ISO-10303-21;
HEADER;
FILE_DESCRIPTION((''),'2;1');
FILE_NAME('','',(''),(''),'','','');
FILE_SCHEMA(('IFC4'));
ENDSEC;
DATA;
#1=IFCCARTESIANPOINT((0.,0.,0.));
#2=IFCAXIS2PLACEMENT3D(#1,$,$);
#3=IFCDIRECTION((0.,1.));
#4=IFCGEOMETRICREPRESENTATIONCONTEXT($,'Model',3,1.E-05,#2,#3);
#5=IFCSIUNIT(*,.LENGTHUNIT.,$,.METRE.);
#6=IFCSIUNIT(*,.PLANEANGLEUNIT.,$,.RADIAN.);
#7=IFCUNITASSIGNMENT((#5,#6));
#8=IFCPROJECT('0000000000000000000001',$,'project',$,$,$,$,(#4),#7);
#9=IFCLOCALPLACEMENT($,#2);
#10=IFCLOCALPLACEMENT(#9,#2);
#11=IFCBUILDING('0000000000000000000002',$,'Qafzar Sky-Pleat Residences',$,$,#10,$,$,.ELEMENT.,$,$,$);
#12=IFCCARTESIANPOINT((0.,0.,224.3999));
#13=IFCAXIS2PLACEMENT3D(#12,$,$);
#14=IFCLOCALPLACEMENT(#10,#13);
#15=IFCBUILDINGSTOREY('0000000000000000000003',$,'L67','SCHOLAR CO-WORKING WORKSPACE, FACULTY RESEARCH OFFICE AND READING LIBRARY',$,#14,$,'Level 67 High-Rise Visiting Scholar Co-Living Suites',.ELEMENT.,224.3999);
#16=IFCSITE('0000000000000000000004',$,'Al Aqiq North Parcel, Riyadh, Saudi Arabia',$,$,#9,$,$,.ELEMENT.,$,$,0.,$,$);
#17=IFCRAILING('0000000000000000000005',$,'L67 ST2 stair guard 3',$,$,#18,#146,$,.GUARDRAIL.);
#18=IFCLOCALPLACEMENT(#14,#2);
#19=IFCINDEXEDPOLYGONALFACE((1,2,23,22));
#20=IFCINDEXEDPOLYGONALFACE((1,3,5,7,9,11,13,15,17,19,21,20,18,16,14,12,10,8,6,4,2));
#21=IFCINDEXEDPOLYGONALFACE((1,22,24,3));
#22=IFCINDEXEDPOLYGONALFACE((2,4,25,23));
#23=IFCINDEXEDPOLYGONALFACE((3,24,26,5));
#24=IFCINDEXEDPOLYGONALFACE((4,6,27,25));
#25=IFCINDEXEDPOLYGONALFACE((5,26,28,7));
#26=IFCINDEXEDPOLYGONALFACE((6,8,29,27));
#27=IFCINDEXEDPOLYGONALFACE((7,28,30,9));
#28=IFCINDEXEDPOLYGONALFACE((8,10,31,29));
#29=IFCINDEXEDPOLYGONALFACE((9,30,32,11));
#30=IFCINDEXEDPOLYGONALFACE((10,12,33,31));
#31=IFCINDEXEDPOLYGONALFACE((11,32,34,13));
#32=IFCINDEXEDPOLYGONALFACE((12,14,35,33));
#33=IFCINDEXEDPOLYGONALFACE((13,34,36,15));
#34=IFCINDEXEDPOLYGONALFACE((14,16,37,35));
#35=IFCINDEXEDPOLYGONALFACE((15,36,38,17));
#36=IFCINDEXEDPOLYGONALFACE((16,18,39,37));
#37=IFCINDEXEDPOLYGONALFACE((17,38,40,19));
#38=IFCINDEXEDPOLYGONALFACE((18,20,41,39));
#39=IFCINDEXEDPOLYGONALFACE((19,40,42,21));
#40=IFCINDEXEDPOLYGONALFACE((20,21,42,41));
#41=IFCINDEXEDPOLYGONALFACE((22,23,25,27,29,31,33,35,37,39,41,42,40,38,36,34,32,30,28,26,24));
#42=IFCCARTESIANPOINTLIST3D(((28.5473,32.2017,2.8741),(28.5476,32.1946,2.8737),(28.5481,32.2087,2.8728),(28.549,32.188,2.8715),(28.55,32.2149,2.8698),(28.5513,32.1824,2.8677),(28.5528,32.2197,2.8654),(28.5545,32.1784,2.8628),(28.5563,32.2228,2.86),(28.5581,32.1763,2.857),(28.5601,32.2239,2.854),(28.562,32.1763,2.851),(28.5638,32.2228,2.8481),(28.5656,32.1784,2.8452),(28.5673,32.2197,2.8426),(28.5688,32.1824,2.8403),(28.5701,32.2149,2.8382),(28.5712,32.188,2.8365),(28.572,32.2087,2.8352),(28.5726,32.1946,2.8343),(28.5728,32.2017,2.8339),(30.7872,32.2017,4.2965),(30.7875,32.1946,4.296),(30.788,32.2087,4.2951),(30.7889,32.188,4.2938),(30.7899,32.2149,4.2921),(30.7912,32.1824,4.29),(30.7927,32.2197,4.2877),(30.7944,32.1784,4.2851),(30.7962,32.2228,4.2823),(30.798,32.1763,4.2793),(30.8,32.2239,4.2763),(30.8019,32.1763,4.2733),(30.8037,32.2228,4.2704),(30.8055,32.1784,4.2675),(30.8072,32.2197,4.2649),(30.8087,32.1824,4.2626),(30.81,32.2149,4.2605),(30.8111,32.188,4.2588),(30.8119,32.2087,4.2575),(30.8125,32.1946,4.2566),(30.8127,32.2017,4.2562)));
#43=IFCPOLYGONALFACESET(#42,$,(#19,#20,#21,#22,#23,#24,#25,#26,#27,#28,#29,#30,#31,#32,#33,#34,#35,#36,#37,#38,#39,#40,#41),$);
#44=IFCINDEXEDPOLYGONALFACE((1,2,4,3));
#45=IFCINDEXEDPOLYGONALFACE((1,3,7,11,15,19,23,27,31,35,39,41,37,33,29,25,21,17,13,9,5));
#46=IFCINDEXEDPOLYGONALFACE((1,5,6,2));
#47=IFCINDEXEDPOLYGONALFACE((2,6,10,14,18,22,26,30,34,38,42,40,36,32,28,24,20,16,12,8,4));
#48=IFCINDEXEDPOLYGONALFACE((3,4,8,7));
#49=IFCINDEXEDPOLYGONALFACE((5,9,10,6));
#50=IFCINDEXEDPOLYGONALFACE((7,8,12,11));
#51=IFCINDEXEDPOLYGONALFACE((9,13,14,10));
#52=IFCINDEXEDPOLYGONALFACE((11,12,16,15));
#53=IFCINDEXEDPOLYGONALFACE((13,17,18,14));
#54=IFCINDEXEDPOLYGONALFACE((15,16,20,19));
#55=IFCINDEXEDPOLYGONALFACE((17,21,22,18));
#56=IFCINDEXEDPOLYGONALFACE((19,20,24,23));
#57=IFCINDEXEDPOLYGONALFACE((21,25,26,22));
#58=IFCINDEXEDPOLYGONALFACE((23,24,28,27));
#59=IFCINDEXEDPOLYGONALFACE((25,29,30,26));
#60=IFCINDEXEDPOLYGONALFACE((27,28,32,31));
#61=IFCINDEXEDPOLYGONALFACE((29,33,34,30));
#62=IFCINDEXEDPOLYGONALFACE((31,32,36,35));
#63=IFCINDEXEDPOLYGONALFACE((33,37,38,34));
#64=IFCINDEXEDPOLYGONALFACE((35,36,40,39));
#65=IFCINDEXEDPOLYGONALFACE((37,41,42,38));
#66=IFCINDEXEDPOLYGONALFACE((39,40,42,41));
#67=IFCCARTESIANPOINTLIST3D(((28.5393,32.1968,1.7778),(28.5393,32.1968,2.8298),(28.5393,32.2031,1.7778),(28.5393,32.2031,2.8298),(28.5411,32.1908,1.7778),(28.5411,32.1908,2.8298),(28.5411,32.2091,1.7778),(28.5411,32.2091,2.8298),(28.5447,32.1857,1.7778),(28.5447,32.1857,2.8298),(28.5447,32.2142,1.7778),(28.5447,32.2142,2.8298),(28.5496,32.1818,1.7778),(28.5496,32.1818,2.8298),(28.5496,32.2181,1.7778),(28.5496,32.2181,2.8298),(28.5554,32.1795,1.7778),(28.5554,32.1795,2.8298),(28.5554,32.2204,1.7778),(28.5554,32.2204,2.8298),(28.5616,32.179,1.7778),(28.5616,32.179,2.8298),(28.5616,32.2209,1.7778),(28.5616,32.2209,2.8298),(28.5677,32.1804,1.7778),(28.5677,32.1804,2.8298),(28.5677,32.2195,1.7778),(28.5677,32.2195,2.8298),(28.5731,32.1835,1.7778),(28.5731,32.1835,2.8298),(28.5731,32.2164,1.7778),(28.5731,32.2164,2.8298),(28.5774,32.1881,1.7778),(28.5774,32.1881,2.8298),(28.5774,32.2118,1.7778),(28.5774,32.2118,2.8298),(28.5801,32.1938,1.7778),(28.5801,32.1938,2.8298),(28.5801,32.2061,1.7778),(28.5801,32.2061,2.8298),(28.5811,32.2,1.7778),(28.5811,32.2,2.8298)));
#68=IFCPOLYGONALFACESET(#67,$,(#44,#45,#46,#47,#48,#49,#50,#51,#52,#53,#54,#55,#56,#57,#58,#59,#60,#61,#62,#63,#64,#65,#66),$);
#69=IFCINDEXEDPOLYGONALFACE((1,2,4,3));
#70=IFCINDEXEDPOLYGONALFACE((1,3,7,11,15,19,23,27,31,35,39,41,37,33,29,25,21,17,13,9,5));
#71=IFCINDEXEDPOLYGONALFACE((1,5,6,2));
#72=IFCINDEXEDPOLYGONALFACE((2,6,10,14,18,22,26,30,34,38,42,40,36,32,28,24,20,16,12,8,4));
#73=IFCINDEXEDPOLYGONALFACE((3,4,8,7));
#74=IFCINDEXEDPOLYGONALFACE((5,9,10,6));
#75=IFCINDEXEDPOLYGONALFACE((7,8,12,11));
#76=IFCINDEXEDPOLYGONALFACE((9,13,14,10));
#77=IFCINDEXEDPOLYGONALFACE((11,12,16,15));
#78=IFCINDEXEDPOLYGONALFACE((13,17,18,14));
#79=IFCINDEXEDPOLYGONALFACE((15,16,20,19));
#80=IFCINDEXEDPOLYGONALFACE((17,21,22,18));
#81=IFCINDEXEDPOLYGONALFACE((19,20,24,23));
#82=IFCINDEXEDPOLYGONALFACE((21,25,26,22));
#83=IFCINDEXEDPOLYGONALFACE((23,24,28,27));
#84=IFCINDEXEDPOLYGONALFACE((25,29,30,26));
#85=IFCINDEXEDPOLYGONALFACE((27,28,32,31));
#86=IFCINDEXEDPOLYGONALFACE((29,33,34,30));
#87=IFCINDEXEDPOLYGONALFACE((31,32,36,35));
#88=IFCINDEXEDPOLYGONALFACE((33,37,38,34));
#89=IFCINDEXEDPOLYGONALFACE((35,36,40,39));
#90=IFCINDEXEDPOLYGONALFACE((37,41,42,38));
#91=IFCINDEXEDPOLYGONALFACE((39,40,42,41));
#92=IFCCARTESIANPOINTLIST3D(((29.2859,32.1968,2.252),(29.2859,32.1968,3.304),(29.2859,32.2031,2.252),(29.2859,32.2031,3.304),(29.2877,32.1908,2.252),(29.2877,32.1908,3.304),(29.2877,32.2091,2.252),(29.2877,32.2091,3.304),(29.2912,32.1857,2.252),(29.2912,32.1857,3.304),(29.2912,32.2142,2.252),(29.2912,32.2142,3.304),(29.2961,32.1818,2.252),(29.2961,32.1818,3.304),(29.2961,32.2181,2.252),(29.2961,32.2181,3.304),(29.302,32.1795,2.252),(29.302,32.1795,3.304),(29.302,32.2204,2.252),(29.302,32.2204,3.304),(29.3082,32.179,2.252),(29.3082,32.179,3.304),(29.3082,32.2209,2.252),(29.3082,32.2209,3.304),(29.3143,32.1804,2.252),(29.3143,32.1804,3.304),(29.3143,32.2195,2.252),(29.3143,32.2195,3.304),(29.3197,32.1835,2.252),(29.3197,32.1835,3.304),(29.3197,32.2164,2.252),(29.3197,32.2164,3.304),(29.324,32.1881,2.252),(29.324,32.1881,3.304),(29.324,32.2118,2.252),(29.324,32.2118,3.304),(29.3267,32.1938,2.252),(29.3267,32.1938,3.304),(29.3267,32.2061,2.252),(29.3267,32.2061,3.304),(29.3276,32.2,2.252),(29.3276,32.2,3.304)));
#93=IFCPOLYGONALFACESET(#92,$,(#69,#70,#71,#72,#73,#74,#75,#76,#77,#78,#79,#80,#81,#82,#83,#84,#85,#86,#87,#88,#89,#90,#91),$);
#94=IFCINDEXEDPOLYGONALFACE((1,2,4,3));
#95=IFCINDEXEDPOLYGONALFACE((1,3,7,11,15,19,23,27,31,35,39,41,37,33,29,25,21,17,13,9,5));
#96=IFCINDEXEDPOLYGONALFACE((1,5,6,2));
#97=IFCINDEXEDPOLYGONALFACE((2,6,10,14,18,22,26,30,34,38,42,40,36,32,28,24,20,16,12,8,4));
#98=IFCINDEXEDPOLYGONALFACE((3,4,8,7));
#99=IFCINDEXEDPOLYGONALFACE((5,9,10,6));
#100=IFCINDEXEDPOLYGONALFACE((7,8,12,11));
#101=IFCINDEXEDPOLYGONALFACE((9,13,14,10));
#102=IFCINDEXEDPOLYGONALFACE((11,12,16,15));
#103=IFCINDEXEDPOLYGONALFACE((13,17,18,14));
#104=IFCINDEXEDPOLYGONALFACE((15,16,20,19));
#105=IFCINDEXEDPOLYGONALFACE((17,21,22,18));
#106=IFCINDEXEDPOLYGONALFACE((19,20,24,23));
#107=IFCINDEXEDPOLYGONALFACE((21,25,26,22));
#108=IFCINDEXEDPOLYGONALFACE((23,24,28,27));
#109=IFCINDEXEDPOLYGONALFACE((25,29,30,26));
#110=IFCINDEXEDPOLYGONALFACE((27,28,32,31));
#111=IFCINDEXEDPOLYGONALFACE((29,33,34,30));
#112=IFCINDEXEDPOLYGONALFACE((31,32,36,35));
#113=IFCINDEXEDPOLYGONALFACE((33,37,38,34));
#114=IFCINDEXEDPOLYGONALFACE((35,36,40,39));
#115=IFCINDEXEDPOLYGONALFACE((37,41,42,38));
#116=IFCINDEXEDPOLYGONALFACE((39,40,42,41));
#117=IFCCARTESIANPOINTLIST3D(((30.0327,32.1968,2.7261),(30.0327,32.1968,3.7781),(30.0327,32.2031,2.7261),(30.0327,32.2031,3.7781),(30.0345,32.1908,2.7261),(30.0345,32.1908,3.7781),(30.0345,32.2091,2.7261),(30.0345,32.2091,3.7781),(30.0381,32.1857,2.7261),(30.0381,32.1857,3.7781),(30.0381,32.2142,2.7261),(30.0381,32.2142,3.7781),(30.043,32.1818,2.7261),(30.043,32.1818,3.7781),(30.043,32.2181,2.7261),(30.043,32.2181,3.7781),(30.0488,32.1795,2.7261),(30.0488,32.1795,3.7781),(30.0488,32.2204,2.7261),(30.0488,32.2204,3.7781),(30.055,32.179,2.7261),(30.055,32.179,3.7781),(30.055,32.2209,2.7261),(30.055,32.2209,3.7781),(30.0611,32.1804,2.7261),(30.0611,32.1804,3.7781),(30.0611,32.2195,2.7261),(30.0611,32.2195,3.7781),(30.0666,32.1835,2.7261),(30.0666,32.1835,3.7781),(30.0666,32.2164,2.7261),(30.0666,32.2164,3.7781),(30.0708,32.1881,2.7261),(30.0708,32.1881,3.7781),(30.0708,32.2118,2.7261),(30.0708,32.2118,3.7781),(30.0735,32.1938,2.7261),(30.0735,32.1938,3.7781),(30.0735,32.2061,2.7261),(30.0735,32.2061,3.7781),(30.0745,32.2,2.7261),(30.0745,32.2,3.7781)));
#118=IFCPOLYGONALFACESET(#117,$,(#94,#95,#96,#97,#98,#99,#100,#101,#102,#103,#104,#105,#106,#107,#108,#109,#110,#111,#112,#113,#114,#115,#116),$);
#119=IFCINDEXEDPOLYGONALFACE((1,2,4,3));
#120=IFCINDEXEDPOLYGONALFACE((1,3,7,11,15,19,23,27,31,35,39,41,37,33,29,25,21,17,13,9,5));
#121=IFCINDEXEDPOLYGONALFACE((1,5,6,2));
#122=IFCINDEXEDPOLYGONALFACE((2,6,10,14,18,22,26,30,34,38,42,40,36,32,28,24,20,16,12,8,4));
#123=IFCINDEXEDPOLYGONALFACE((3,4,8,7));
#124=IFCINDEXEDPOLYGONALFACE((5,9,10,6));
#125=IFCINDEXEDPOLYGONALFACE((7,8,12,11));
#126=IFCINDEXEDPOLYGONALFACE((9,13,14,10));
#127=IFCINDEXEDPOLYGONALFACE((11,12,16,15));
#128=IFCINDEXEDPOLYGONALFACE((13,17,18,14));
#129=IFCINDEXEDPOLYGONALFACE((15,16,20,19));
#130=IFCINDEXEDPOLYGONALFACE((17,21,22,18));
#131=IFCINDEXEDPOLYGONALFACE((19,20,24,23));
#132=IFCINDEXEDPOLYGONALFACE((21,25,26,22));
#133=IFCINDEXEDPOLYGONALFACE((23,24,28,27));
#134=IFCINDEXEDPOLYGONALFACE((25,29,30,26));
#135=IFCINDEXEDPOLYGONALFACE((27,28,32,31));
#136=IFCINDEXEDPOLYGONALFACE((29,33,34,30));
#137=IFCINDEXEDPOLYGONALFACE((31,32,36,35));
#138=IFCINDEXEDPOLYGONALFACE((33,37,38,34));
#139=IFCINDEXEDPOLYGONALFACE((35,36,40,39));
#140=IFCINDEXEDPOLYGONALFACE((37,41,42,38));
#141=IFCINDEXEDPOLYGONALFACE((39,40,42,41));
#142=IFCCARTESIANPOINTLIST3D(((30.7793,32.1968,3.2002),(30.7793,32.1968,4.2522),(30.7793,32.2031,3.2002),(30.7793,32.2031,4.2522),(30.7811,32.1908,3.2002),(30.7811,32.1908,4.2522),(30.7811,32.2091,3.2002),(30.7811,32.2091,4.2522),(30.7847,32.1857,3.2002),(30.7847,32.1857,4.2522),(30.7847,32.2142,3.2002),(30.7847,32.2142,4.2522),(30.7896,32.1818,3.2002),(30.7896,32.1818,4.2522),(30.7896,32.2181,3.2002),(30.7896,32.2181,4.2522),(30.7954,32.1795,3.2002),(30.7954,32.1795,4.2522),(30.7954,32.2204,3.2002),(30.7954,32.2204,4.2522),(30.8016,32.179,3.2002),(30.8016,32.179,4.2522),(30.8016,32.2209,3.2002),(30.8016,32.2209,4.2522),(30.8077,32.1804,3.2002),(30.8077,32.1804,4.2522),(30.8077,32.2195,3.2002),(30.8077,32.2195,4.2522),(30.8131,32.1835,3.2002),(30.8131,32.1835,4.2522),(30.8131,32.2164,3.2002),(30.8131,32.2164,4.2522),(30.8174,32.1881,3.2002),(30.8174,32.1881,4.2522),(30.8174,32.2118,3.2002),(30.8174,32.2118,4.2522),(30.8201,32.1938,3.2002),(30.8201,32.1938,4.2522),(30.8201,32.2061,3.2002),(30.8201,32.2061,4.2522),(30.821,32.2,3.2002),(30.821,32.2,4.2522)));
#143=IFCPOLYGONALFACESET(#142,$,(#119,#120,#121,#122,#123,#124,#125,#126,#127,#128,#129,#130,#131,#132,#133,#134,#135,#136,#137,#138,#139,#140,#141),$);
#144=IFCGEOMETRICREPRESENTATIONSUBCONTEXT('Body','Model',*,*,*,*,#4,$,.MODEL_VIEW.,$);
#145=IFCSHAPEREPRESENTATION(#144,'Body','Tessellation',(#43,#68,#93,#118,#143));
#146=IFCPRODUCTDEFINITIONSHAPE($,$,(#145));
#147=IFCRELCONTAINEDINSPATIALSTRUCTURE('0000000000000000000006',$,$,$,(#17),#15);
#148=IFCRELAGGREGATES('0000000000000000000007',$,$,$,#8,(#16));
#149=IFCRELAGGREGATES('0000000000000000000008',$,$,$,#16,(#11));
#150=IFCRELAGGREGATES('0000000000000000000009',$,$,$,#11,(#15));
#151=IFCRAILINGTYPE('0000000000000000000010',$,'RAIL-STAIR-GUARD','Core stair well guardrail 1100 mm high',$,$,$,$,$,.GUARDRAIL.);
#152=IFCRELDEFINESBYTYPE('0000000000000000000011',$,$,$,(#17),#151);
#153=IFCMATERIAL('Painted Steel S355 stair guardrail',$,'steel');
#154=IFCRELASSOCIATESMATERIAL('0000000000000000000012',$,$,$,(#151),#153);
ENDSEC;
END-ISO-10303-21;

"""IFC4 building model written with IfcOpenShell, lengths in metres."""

from ifc_helpers import new_model, si_unit, direction, frame, origin, origin_2d, place, context, subcontext, project, spatial, circle, extrude, source, transform, mapped, material, type_object, element, save


model = new_model("IFC4")

# Units and contexts
model_context = context("Model", 3, precision=1e-05, world=origin(), true_north=direction((0.0, 1.0)))
body_context = subcontext(model_context, "Body", "Model", "MODEL_VIEW")
ifc_project = project(units=[si_unit("LENGTHUNIT", "METRE"), si_unit("PLANEANGLEUNIT", "RADIAN")], contexts=[model_context])

# Site, building, storey
site_placement = place(None, origin())
site = spatial("IfcSite", under=ifc_project, at=site_placement, Name="Al Aqiq North Parcel, Riyadh, Saudi Arabia", CompositionType="ELEMENT", RefElevation=0.0)
building_placement = place(site_placement, origin())
building = spatial("IfcBuilding", under=site, at=building_placement, Name="Qafzar Sky-Pleat Residences", CompositionType="ELEMENT")
storey_placement = place(building_placement, frame((0.0, 0.0, 224.3999)))
storey = spatial("IfcBuildingStorey", under=building, at=storey_placement, Name="L67", Description="SCHOLAR CO-WORKING WORKSPACE, FACULTY RESEARCH OFFICE AND READING LIBRARY", LongName="Level 67 High-Rise Visiting Scholar Co-Living Suites", CompositionType="ELEMENT", Elevation=224.3999)

# Railing
ifc_material_1 = material(Name="Painted Steel S355 stair guardrail", Category="steel")
railing_type_1 = type_object("IfcRailingType", Name="RAIL-STAIR-GUARD", Description="Core stair well guardrail 1100 mm high", PredefinedType="GUARDRAIL", material=ifc_material_1)
shared_shape_1 = source(origin(), body_context, "Body", "SweptSolid", [
    extrude(circle(Radius=0.0239, at=origin_2d()), frame((0.0, 0.0, 1.0762), z_axis=(0.844188, 0.0, 0.536048), x_axis=(0.0, 1.0, 0.0)), (0.0, 0.0, 1.0), 2.6533),
    extrude(circle(Radius=0.021, at=origin_2d()), origin(), (0.0, 0.0, 1.0), 1.052),
    extrude(circle(Radius=0.021, at=origin_2d()), frame((0.7466, 0.0, 0.4741)), (0.0, 0.0, 1.0), 1.052),
    extrude(circle(Radius=0.021, at=origin_2d()), frame((1.4934, 0.0, 0.9482)), (0.0, 0.0, 1.0), 1.052),
    extrude(circle(Radius=0.021, at=origin_2d()), frame((2.24, 0.0, 1.4224)), (0.0, 0.0, 1.0), 1.052),
])
railing_1_placement = place(storey_placement, frame((28.5601, 32.2, 1.7778)))
element("IfcRailing", 1, at=railing_1_placement, inside=storey, type_object=railing_type_1, Name="L67 ST2 stair guard 3", PredefinedType="GUARDRAIL", context=body_context, shape_type="MappedRepresentation", body=[
    mapped(shared_shape_1, transform((0.0, 0.0, 0.0), x_axis=(1.0, 0.0, 0.0), y_axis=(0.0, 1.0, 0.0), z_axis=(0.0, 0.0, 1.0), scale=1.0)),
])

save(model, "model.ifc")
